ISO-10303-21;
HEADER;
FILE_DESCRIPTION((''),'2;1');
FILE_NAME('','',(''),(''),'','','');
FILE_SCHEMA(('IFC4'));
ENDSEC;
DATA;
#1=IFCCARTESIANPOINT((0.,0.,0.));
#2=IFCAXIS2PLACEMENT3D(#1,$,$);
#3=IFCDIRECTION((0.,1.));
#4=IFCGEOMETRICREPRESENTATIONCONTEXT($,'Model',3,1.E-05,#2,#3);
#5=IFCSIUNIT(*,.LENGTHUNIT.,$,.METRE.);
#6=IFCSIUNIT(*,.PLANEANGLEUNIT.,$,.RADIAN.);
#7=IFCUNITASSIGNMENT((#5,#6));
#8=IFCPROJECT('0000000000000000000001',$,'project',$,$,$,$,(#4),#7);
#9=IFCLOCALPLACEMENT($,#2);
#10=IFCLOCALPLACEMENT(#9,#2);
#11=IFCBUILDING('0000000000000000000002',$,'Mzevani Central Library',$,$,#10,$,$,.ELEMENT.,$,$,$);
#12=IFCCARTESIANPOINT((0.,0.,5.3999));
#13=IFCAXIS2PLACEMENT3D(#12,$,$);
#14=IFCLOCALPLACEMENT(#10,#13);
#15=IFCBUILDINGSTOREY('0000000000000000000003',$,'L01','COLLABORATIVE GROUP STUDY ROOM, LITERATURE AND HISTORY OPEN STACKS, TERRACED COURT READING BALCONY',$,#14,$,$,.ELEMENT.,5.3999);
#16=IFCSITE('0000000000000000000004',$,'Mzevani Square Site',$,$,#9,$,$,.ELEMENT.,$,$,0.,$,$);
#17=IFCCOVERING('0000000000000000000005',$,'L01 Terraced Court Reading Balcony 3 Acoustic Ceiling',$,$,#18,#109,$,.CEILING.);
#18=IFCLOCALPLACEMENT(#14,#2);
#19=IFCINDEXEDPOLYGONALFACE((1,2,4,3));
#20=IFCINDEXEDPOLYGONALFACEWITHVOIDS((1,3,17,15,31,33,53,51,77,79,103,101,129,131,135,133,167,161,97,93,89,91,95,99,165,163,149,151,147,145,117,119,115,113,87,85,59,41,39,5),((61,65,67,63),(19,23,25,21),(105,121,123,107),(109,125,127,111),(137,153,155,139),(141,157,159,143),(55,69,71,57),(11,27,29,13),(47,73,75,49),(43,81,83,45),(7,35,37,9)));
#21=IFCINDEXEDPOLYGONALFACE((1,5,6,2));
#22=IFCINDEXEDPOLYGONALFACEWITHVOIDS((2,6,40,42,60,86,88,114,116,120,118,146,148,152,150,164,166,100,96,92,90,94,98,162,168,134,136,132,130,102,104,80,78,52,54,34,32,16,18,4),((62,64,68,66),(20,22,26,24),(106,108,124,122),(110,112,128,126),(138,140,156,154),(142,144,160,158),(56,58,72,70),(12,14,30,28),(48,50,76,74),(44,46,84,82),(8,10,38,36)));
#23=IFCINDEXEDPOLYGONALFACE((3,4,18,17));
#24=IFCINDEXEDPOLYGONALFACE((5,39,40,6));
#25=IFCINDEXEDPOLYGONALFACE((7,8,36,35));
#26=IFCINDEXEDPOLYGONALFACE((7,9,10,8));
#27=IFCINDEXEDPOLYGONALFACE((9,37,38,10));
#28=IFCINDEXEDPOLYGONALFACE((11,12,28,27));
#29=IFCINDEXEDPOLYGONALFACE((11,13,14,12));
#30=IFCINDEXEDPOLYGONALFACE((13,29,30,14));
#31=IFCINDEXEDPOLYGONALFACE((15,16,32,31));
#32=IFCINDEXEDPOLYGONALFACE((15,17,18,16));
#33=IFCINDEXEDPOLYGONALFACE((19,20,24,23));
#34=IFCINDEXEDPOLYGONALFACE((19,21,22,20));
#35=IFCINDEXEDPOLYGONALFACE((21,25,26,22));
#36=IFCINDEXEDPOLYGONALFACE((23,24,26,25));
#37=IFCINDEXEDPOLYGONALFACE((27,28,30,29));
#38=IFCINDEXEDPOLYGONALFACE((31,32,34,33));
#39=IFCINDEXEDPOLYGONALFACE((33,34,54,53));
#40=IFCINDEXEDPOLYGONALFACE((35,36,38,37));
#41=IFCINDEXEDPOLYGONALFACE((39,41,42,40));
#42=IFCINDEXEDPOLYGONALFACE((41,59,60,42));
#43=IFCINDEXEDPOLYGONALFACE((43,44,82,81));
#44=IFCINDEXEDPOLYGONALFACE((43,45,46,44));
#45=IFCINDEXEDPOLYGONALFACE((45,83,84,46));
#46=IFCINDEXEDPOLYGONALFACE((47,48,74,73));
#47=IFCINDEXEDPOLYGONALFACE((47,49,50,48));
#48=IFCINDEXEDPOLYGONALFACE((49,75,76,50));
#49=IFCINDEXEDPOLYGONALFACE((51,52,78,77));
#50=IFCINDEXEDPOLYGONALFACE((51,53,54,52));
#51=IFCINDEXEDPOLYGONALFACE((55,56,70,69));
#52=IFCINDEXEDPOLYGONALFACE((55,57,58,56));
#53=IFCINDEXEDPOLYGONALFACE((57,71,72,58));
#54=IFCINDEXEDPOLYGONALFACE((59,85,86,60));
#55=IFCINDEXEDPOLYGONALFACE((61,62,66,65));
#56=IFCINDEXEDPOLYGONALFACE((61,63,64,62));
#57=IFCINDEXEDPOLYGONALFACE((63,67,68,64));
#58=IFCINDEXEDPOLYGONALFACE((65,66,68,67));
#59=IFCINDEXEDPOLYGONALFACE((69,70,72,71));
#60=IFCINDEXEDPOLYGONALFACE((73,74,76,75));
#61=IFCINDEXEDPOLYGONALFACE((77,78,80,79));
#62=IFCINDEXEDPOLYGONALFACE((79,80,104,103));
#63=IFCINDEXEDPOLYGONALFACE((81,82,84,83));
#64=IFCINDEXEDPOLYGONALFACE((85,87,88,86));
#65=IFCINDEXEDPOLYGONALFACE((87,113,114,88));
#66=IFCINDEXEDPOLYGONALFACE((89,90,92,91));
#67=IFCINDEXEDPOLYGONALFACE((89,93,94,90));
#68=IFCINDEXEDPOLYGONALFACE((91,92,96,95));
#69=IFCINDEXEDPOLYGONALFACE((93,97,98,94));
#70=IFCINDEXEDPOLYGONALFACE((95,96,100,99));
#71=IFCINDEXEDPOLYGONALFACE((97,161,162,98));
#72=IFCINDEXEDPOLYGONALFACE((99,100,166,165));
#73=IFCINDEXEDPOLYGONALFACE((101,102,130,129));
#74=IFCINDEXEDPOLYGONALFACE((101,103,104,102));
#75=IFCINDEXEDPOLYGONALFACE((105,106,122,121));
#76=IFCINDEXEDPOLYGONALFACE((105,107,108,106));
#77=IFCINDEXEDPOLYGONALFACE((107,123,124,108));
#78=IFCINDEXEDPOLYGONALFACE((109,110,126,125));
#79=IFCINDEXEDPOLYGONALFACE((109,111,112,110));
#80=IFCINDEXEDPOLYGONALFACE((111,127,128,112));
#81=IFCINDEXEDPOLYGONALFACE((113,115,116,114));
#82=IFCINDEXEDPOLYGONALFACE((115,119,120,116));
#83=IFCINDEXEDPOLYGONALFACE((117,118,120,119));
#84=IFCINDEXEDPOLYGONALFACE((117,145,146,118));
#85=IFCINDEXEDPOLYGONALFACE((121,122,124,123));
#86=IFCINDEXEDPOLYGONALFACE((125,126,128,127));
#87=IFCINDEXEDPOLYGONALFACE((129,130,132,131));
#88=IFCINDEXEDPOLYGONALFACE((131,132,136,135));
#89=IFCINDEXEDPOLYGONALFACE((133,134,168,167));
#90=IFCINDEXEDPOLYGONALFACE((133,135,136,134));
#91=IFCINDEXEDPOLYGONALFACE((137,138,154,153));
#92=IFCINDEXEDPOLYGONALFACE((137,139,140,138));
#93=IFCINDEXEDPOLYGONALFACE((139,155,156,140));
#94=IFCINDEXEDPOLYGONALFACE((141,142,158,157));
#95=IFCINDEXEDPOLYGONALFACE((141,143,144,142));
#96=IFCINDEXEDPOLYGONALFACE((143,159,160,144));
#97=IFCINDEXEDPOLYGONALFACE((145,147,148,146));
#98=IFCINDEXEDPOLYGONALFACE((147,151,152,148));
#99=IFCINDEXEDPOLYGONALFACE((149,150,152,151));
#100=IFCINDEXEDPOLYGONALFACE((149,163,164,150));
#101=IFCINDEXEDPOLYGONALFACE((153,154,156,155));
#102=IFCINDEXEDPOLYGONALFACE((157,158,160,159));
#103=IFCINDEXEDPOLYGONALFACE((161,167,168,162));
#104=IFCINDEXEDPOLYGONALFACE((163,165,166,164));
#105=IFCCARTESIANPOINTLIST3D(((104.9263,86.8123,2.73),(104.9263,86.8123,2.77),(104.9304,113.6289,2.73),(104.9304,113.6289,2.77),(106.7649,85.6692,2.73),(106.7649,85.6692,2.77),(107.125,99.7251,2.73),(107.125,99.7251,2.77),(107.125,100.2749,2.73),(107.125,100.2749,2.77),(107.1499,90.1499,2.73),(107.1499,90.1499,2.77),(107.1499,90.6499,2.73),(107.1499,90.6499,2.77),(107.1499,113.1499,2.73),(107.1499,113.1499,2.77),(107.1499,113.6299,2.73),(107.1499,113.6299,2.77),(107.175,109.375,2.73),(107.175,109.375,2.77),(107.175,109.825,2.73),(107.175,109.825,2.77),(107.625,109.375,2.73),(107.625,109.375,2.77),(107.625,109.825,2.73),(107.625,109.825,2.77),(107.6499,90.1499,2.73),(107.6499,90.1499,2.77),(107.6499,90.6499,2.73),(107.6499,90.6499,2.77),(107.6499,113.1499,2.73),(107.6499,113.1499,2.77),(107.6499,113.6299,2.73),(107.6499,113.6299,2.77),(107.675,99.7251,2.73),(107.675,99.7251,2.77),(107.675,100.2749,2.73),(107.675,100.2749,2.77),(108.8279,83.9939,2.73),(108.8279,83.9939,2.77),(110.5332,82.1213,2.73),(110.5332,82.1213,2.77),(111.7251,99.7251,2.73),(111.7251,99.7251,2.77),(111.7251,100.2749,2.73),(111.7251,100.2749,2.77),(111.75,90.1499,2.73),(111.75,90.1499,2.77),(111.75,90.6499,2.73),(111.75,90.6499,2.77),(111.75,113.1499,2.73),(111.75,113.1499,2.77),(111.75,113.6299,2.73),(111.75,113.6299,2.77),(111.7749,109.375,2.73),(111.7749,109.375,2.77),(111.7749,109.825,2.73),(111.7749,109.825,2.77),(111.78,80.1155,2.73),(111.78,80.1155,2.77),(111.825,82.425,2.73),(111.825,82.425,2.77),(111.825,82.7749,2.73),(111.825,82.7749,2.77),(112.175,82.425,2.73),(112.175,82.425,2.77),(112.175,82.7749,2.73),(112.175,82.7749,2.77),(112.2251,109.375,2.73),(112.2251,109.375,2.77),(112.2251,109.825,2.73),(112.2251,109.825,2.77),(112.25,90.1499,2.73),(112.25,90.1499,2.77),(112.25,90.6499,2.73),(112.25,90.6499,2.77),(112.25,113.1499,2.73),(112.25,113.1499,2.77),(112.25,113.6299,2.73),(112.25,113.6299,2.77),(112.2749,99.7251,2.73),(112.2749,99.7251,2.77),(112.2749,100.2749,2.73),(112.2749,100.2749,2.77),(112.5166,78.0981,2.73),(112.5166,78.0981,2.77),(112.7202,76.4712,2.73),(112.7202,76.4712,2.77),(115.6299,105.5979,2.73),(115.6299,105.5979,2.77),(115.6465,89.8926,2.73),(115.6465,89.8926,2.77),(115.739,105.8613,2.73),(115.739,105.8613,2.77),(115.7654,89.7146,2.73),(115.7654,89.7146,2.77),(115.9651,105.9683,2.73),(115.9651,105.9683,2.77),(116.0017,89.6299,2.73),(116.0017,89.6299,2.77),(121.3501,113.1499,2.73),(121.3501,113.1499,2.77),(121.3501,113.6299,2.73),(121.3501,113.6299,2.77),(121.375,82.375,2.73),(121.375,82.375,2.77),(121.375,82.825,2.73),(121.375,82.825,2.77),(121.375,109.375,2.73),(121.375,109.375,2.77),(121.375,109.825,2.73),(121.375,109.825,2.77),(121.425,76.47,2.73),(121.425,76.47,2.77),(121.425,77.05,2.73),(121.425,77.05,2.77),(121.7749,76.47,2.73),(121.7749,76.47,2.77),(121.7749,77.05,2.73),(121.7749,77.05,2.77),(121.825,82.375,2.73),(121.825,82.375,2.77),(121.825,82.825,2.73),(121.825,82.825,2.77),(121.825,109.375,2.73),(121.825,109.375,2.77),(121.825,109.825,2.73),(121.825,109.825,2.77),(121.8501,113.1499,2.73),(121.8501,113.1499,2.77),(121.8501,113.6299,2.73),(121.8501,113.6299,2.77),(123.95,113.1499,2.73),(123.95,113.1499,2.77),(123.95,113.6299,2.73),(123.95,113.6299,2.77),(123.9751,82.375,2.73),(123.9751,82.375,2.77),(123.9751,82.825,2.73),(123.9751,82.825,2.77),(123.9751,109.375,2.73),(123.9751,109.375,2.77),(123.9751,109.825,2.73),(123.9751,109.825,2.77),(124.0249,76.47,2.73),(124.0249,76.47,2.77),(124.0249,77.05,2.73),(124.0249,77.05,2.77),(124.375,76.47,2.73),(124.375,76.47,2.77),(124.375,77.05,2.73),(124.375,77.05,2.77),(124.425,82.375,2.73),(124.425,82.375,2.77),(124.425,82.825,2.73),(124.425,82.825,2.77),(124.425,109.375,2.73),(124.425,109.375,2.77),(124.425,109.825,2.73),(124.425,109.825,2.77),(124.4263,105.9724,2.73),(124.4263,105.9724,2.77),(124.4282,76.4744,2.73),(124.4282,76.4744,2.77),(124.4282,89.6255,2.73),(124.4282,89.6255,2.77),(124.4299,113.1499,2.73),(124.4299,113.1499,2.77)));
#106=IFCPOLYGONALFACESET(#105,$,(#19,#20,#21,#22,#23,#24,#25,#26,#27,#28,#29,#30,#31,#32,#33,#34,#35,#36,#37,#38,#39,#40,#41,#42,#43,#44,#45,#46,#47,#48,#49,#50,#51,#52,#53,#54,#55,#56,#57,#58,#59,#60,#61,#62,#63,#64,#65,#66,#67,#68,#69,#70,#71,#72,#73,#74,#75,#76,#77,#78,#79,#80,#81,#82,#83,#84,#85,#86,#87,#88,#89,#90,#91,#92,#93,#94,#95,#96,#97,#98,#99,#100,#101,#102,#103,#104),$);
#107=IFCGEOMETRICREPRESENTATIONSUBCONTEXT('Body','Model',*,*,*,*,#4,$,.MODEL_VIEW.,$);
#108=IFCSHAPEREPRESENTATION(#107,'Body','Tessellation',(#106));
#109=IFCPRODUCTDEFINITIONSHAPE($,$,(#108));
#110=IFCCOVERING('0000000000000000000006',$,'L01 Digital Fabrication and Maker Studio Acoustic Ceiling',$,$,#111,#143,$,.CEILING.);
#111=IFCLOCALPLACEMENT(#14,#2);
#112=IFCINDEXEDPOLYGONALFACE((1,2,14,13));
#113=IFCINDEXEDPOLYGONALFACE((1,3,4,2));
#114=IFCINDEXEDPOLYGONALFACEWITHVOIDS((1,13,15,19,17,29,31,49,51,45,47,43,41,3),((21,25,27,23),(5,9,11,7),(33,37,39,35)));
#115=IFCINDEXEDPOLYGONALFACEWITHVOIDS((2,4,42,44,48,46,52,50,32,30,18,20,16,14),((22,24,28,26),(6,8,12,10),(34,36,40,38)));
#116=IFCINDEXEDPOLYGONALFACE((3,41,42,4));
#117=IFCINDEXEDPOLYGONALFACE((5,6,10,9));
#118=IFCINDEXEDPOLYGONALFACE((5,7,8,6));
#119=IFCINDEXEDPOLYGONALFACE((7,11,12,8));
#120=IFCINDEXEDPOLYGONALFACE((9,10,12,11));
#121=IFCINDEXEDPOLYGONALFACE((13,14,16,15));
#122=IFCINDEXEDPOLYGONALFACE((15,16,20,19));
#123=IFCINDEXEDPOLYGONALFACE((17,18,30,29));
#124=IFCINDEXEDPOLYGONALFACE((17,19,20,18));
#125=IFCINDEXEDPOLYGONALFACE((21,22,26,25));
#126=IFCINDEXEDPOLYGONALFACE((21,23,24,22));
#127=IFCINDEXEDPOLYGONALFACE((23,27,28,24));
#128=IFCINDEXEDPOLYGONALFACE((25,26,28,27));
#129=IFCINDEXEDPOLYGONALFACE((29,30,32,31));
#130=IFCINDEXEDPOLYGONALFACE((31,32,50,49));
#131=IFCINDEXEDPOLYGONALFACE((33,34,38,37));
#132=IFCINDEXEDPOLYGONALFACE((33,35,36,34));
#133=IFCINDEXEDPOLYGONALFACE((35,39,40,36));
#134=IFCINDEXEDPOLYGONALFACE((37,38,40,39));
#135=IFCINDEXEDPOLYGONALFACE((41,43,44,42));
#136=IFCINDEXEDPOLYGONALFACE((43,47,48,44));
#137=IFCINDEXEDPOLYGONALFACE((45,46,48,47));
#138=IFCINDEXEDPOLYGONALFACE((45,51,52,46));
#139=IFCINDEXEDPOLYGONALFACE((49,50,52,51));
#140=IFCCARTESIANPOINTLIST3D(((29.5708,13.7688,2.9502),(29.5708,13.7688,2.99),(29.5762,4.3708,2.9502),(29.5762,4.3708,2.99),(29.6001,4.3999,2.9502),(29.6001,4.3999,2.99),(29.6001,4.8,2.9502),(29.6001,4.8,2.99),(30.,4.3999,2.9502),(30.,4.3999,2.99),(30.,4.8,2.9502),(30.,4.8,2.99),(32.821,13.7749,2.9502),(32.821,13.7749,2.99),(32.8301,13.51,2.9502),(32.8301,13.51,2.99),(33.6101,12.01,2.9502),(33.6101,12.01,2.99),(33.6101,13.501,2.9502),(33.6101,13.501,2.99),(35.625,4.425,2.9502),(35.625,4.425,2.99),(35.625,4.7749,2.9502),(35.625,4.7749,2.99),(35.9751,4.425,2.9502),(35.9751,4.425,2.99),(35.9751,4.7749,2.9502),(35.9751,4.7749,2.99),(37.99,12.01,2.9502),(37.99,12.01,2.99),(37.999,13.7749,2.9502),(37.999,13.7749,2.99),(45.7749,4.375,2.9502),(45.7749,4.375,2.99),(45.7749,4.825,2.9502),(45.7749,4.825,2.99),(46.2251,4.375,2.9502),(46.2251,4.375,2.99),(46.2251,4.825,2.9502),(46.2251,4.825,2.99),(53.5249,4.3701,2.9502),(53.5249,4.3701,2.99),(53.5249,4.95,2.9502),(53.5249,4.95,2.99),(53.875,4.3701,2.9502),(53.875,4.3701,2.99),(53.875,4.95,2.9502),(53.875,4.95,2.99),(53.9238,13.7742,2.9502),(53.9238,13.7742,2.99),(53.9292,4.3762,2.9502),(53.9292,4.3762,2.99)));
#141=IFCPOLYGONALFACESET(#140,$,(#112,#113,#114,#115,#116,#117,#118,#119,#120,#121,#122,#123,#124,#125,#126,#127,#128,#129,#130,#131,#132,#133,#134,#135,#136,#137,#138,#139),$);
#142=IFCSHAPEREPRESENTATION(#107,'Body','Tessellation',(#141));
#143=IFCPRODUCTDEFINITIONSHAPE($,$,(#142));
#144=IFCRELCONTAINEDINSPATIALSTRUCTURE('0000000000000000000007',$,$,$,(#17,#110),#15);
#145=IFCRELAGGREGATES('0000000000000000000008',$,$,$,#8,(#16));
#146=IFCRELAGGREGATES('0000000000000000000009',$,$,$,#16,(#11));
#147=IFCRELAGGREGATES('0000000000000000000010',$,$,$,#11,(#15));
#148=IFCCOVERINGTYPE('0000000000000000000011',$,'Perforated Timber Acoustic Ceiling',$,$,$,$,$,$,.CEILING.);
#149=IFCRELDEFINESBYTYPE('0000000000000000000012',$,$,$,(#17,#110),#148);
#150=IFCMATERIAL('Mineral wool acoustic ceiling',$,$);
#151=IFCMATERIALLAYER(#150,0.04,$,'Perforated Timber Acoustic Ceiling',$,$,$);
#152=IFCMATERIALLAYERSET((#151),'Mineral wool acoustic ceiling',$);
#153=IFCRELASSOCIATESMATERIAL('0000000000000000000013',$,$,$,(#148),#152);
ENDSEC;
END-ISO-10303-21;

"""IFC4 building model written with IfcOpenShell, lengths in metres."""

from ifc_helpers import new_model, si_unit, direction, frame, origin, place, context, subcontext, project, spatial, polyline, outline, extrude, material, layer, layer_set, type_object, element, save


model = new_model("IFC4")

# Units and contexts
model_context = context("Model", 3, precision=1e-05, world=origin(), true_north=direction((0.0, 1.0)))
body_context = subcontext(model_context, "Body", "Model", "MODEL_VIEW")
ifc_project = project(units=[si_unit("LENGTHUNIT", "METRE"), si_unit("PLANEANGLEUNIT", "RADIAN")], contexts=[model_context])

# Site, building, storey
site_placement = place(None, origin())
site = spatial("IfcSite", under=ifc_project, at=site_placement, Name="Mzevani Square Site", CompositionType="ELEMENT", RefElevation=0.0)
building_placement = place(site_placement, origin())
building = spatial("IfcBuilding", under=site, at=building_placement, Name="Mzevani Central Library", CompositionType="ELEMENT")
storey_placement = place(building_placement, frame((0.0, 0.0, 5.3999)))
storey = spatial("IfcBuildingStorey", under=building, at=storey_placement, Name="L01", Description="COLLABORATIVE GROUP STUDY ROOM, LITERATURE AND HISTORY OPEN STACKS, TERRACED COURT READING BALCONY", CompositionType="ELEMENT", Elevation=5.3999)

# Coverings
ifc_material_1 = material(Name="Mineral wool acoustic ceiling")
ifc_layer_1 = layer(ifc_material_1, 0.04, Name="Perforated Timber Acoustic Ceiling")
ifc_layer_set_1 = layer_set([ifc_layer_1], Name="Mineral wool acoustic ceiling")
covering_type = type_object("IfcCoveringType", Name="Perforated Timber Acoustic Ceiling", PredefinedType="CEILING", material=ifc_layer_set_1)
covering_1_placement = place(storey_placement, frame((0.0, 0.0, 2.73)))
element("IfcCovering", 1, at=covering_1_placement, inside=storey, type_object=covering_type, Name="L01 Terraced Court Reading Balcony 3 Acoustic Ceiling", PredefinedType="CEILING", context=body_context, shape_type="SweptSolid", body=[
    extrude(outline(polyline([(124.4282, 76.4744), (124.375, 76.47), (124.375, 77.05), (124.0249, 77.05), (124.0249, 76.47), (121.7749, 76.47), (121.7749, 77.05), (121.425, 77.05), (121.425, 76.47), (112.7202, 76.4712), (112.5166, 78.0981), (111.78, 80.1155), (110.5332, 82.1213), (108.8279, 83.9939), (106.7649, 85.6692), (104.9263, 86.8123), (104.9304, 113.6289), (107.1499, 113.6299), (107.1499, 113.1499), (107.6499, 113.1499), (107.6499, 113.6299), (111.75, 113.6299), (111.75, 113.1499), (112.25, 113.1499), (112.25, 113.6299), (121.3501, 113.6299), (121.3501, 113.1499), (121.8501, 113.1499), (121.8501, 113.6299), (123.95, 113.6299), (123.95, 113.1499), (124.4299, 113.1499), (124.4263, 105.9724), (115.9651, 105.9683), (115.739, 105.8613), (115.6299, 105.5979), (115.6465, 89.8926), (115.7654, 89.7146), (116.0017, 89.6299), (124.4282, 89.6255), (124.4282, 76.4744)]), holes=[polyline([(107.6499, 90.6499), (107.1499, 90.6499), (107.1499, 90.1499), (107.6499, 90.1499), (107.6499, 90.6499)]), polyline([(107.675, 99.7251), (107.675, 100.2749), (107.125, 100.2749), (107.125, 99.7251), (107.675, 99.7251)]), polyline([(107.175, 109.375), (107.625, 109.375), (107.625, 109.825), (107.175, 109.825), (107.175, 109.375)]), polyline([(112.175, 82.7749), (111.825, 82.7749), (111.825, 82.425), (112.175, 82.425), (112.175, 82.7749)]), polyline([(112.25, 90.1499), (112.25, 90.6499), (111.75, 90.6499), (111.75, 90.1499), (112.25, 90.1499)]), polyline([(111.7251, 99.7251), (112.2749, 99.7251), (112.2749, 100.2749), (111.7251, 100.2749), (111.7251, 99.7251)]), polyline([(111.7749, 109.825), (111.7749, 109.375), (112.2251, 109.375), (112.2251, 109.825), (111.7749, 109.825)]), polyline([(121.375, 82.375), (121.825, 82.375), (121.825, 82.825), (121.375, 82.825), (121.375, 82.375)]), polyline([(121.375, 109.825), (121.375, 109.375), (121.825, 109.375), (121.825, 109.825), (121.375, 109.825)]), polyline([(123.9751, 82.375), (124.425, 82.375), (124.425, 82.825), (123.9751, 82.825), (123.9751, 82.375)]), polyline([(123.9751, 109.825), (123.9751, 109.375), (124.425, 109.375), (124.425, 109.825), (123.9751, 109.825)])]), origin(), (0.0, 0.0, 1.0), 0.04),
])
covering_2_placement = place(storey_placement, frame((0.0, 0.0, 2.9502)))
element("IfcCovering", 2, at=covering_2_placement, inside=storey, type_object=covering_type, Name="L01 Digital Fabrication and Maker Studio Acoustic Ceiling", PredefinedType="CEILING", context=body_context, shape_type="SweptSolid", body=[
    extrude(outline(polyline([(33.6101, 13.501), (33.6101, 12.01), (37.99, 12.01), (37.999, 13.7749), (53.9238, 13.7742), (53.9292, 4.3762), (53.875, 4.3701), (53.875, 4.95), (53.5249, 4.95), (53.5249, 4.3701), (29.5762, 4.3708), (29.5708, 13.7688), (32.821, 13.7749), (32.8301, 13.51), (33.6101, 13.501)]), holes=[polyline([(30.0, 4.3999), (30.0, 4.8), (29.6001, 4.8), (29.6001, 4.3999), (30.0, 4.3999)]), polyline([(35.625, 4.425), (35.9751, 4.425), (35.9751, 4.7749), (35.625, 4.7749), (35.625, 4.425)]), polyline([(45.7749, 4.825), (45.7749, 4.375), (46.2251, 4.375), (46.2251, 4.825), (45.7749, 4.825)])]), origin(), (0.0, 0.0, 1.0), 0.0398),
])

save(model, "model.ifc")
